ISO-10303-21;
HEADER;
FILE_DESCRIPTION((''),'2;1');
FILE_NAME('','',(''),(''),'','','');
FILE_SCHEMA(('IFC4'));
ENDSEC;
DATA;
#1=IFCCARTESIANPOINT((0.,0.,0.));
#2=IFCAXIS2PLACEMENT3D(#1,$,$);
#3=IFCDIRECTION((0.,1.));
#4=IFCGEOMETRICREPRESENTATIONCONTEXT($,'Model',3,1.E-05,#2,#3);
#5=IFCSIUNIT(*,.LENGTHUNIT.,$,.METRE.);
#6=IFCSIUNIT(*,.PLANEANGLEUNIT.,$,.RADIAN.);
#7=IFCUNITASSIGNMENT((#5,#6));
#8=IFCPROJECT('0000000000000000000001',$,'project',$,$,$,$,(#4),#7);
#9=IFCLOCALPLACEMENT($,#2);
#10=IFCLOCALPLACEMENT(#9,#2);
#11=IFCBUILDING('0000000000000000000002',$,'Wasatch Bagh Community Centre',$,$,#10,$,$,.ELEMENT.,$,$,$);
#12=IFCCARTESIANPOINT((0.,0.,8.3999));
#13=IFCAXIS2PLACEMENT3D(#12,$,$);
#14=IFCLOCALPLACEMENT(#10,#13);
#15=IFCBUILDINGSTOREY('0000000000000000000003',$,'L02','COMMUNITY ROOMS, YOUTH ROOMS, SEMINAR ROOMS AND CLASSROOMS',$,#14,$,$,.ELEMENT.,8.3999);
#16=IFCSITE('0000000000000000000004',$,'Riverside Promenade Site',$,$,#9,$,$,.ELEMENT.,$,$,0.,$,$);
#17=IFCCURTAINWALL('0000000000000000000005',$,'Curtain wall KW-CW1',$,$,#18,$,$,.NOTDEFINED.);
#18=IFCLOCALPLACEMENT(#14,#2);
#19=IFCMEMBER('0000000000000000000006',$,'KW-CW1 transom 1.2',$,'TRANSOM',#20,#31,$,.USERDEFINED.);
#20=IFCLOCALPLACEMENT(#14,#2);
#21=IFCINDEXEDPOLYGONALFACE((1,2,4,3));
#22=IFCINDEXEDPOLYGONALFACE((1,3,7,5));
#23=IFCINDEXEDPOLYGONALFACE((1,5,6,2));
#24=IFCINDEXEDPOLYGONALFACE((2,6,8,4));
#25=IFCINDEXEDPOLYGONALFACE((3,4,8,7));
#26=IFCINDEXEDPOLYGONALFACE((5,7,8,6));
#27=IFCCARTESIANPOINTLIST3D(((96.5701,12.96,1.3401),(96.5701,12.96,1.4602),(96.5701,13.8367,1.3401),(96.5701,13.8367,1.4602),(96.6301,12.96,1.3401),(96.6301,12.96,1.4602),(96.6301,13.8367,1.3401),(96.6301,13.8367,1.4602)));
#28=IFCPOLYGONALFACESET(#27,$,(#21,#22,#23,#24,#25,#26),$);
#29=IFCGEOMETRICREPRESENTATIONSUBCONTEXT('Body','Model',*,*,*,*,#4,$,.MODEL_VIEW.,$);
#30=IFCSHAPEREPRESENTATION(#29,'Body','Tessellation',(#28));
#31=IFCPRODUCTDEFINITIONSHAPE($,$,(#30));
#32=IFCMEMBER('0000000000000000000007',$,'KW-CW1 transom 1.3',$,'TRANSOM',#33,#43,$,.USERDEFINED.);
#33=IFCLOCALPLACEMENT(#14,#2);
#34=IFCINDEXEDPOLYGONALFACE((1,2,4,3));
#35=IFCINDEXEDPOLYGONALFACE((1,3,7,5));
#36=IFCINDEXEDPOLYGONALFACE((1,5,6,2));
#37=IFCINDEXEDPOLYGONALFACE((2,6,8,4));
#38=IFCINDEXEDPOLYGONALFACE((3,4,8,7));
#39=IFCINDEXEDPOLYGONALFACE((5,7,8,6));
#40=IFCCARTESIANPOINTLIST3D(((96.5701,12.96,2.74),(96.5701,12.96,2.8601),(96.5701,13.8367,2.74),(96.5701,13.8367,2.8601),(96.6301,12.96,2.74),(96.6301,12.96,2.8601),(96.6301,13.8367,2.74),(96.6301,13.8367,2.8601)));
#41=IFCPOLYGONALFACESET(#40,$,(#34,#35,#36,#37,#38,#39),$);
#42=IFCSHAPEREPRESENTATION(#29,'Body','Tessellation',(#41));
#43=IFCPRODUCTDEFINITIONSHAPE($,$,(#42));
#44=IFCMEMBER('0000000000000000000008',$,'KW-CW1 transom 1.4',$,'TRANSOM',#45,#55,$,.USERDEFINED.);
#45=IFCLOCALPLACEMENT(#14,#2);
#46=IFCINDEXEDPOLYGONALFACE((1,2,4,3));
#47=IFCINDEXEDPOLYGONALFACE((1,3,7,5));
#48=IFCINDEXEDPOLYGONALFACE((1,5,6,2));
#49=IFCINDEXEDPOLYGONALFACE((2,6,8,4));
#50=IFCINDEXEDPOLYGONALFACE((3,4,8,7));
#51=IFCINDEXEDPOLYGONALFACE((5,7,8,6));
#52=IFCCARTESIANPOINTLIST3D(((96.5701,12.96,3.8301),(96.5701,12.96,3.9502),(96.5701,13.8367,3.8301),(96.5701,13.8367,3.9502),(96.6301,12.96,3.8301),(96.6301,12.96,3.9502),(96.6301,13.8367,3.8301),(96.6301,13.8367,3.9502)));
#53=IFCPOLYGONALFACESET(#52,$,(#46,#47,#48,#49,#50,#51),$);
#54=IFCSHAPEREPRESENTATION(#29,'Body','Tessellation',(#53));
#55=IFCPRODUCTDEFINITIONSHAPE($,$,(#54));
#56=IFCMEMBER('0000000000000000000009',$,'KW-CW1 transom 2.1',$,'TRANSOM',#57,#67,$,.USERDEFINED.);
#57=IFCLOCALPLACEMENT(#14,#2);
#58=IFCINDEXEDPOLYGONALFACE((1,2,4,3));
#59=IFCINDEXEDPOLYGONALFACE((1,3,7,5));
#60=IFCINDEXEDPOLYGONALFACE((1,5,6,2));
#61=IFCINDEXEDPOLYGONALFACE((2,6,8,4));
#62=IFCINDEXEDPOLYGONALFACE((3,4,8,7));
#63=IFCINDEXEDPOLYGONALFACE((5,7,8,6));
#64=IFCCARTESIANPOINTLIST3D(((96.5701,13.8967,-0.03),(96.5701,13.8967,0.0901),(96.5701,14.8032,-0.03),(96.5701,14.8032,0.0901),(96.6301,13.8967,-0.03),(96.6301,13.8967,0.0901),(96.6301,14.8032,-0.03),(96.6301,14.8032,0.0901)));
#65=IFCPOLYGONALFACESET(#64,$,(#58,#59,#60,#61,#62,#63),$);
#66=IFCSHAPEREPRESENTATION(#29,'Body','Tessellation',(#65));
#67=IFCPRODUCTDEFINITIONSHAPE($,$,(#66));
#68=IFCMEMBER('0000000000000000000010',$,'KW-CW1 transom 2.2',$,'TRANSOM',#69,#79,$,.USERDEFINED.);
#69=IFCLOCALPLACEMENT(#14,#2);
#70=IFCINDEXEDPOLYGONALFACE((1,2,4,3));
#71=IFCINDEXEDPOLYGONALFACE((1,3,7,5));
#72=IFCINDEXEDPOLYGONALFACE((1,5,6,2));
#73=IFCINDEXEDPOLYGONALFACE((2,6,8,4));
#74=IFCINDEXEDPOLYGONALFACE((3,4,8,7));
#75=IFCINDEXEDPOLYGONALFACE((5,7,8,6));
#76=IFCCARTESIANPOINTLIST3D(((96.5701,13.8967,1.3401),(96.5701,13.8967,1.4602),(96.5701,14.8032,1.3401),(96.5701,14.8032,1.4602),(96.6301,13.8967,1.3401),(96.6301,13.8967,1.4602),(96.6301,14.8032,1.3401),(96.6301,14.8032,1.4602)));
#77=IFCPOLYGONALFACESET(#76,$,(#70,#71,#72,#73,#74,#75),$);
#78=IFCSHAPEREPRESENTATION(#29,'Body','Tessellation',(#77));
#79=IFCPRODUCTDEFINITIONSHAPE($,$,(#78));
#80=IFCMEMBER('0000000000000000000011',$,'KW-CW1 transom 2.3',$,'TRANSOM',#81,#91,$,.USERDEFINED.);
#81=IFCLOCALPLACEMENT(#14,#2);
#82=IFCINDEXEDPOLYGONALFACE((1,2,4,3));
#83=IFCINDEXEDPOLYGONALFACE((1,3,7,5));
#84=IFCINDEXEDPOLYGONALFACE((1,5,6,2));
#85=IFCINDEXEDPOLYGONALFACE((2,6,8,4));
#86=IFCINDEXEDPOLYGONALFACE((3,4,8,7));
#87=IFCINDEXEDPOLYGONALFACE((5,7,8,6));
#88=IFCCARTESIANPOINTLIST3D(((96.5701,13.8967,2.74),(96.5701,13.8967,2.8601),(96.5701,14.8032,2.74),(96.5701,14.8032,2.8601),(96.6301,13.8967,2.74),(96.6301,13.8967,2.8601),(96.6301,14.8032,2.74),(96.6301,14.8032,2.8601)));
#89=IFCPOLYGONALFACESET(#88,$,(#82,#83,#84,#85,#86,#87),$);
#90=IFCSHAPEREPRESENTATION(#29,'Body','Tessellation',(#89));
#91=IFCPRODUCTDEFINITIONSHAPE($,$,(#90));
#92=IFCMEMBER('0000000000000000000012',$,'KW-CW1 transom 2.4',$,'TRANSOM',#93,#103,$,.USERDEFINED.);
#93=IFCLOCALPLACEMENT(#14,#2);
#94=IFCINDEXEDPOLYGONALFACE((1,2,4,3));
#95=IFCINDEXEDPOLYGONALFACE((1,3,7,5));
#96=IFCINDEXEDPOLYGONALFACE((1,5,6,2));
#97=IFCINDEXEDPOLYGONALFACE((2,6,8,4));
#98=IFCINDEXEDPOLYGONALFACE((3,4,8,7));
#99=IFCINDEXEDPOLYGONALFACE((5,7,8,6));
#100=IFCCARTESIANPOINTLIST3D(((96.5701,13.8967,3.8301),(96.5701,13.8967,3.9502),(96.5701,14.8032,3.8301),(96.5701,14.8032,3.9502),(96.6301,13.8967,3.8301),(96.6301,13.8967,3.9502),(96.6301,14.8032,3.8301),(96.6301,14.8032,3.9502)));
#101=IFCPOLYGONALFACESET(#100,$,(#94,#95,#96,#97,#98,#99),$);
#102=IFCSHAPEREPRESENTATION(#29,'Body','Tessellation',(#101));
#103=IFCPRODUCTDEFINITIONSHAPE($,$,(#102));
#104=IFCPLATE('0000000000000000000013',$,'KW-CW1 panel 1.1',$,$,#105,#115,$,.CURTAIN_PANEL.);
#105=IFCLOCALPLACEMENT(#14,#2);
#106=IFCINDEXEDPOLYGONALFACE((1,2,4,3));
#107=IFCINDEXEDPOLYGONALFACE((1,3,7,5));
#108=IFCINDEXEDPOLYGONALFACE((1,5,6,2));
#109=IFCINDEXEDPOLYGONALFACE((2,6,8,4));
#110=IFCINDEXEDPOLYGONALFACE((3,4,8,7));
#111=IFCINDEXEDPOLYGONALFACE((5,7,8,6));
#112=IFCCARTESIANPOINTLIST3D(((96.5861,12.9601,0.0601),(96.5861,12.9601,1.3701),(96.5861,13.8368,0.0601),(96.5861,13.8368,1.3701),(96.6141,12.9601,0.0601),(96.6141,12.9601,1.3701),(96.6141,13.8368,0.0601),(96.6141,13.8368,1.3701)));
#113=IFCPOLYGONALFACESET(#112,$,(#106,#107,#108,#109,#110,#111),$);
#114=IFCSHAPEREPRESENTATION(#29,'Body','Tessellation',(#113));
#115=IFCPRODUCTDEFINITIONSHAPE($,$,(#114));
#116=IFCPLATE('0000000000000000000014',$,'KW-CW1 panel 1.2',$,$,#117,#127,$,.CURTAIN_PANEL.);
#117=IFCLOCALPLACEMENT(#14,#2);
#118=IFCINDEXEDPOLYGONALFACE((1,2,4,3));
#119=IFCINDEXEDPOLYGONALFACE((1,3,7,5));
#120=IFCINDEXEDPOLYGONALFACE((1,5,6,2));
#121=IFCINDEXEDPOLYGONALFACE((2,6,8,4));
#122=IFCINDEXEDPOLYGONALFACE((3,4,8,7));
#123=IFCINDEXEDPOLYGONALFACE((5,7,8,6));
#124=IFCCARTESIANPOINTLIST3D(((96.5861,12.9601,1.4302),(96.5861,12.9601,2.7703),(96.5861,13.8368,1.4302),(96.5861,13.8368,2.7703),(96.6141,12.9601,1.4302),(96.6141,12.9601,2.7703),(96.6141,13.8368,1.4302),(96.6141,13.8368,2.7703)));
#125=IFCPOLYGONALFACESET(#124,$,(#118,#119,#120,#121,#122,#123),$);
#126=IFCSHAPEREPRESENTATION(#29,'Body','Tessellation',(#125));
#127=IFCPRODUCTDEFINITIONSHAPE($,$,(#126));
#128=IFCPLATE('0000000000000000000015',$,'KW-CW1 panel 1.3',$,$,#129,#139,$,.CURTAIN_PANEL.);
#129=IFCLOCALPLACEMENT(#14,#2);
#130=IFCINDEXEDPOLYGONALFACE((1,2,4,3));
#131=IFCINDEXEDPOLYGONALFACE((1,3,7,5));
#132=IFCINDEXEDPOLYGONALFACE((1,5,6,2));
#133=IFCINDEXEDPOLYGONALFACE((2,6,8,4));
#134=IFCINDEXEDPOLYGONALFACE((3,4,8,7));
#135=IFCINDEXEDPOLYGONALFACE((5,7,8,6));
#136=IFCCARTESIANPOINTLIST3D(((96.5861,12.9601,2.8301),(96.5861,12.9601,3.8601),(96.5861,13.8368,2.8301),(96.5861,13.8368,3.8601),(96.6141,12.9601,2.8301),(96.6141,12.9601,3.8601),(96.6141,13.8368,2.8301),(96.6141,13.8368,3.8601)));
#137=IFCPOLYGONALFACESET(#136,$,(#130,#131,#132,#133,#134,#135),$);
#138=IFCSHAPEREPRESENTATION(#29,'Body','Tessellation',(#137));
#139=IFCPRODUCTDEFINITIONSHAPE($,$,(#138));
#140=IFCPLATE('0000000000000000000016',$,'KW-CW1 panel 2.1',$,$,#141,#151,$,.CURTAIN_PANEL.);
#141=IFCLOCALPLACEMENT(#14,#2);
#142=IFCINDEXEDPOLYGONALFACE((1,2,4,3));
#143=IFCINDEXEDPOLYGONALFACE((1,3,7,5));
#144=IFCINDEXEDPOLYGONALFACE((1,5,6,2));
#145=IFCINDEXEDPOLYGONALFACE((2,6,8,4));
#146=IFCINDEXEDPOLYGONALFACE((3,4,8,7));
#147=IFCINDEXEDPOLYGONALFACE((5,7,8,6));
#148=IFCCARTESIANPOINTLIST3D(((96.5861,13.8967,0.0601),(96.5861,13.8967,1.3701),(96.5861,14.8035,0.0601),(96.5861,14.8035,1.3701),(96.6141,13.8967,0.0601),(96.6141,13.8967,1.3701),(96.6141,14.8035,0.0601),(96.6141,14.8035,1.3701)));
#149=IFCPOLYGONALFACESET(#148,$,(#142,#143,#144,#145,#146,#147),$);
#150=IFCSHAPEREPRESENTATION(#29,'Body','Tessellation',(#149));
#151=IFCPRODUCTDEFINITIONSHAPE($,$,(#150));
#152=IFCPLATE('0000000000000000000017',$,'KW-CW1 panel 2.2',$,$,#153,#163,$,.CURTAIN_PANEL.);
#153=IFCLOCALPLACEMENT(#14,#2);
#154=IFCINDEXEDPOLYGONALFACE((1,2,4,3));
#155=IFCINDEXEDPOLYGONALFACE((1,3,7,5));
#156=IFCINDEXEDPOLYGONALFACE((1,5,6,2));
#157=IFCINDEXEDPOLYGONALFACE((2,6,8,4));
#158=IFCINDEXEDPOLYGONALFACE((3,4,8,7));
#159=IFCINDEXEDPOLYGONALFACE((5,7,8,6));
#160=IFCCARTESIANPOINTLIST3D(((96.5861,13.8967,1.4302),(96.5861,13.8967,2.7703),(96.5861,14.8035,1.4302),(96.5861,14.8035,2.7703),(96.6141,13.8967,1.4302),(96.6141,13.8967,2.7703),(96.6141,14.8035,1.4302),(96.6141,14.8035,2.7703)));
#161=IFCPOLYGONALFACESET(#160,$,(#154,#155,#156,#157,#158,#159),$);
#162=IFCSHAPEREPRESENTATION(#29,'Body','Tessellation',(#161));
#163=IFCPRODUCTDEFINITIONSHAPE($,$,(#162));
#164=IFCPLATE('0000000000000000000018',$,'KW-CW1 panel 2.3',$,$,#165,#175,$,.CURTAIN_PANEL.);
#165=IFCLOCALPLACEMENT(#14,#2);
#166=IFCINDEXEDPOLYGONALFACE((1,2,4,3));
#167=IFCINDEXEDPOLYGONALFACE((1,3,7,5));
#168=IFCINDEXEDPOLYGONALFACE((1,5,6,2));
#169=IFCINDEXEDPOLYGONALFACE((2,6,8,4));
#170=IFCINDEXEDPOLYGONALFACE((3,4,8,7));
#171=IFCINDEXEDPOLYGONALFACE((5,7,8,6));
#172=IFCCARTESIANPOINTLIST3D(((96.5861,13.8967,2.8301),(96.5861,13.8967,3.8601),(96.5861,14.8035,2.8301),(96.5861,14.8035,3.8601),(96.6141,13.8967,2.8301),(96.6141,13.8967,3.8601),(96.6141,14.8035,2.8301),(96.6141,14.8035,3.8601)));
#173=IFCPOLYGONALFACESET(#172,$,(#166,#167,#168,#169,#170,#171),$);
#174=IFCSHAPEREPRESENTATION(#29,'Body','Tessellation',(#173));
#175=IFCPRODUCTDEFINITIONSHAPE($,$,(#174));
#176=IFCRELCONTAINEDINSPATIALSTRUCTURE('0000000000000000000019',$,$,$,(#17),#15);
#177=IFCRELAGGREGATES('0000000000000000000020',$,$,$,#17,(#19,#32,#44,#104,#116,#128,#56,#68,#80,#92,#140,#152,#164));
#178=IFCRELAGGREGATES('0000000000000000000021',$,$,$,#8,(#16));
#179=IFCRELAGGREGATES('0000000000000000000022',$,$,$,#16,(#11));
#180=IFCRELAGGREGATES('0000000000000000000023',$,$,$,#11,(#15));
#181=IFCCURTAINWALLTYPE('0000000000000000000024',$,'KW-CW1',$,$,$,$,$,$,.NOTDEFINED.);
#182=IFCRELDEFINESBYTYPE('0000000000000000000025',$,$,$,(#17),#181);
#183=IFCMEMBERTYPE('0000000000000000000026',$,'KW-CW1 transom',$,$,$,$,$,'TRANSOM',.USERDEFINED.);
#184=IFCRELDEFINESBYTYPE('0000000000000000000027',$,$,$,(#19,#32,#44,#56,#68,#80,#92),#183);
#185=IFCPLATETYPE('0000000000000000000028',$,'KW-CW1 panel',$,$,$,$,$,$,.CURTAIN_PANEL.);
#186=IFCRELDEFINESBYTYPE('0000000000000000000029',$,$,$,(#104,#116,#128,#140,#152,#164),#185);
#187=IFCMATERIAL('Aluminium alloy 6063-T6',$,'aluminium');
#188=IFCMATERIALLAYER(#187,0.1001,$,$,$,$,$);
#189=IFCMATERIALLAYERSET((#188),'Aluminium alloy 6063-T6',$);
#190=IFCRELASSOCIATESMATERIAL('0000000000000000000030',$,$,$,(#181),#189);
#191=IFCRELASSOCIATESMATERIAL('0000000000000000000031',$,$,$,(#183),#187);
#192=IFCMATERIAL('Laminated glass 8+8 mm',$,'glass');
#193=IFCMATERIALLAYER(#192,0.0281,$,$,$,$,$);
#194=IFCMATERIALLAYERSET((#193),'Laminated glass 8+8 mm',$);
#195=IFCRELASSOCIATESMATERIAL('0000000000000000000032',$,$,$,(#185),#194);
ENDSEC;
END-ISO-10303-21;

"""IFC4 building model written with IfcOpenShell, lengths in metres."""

from ifc_helpers import new_model, si_unit, direction, frame, origin, origin_2d, place, context, subcontext, project, spatial, rectangle, extrude, material, layer, layer_set, material_profile, profile_set, type_object, element, aggregate, save


model = new_model("IFC4")

# Units and contexts
model_context = context("Model", 3, precision=1e-05, world=origin(), true_north=direction((0.0, 1.0)))
body_context = subcontext(model_context, "Body", "Model", "MODEL_VIEW")
ifc_project = project(units=[si_unit("LENGTHUNIT", "METRE"), si_unit("PLANEANGLEUNIT", "RADIAN")], contexts=[model_context])

# Site, building, storey
site_placement = place(None, origin())
site = spatial("IfcSite", under=ifc_project, at=site_placement, Name="Riverside Promenade Site", CompositionType="ELEMENT", RefElevation=0.0)
building_placement = place(site_placement, origin())
building = spatial("IfcBuilding", under=site, at=building_placement, Name="Wasatch Bagh Community Centre", CompositionType="ELEMENT")
storey_placement = place(building_placement, frame((0.0, 0.0, 8.3999)))
storey = spatial("IfcBuildingStorey", under=building, at=storey_placement, Name="L02", Description="COMMUNITY ROOMS, YOUTH ROOMS, SEMINAR ROOMS AND CLASSROOMS", CompositionType="ELEMENT", Elevation=8.3999)

# Curtain wall, members, plates
ifc_material_1 = material(Name="Aluminium alloy 6063-T6", Category="aluminium")
ifc_layer_1 = layer(ifc_material_1, 0.1001)
ifc_layer_set_1 = layer_set([ifc_layer_1], Name="Aluminium alloy 6063-T6")
curtain_wall_type = type_object("IfcCurtainWallType", Name="KW-CW1", PredefinedType="NOTDEFINED", material=ifc_layer_set_1)
curtain_wall_placement = place(storey_placement, origin())
curtain_wall = element("IfcCurtainWall", 1, at=curtain_wall_placement, inside=storey, type_object=curtain_wall_type, Name="Curtain wall KW-CW1", PredefinedType="NOTDEFINED")
ifc_material_profile_1 = material_profile(ifc_material_1, rectangle(XDim=0.0601, YDim=0.1201, at=origin_2d()), Name="AL 60x120")
ifc_profile_set_1 = profile_set([ifc_material_profile_1], Name="Aluminium alloy 6063-T6")
member_type_1 = type_object("IfcMemberType", Name="KW-CW1 transom", ElementType="TRANSOM", PredefinedType="USERDEFINED", material=ifc_profile_set_1)
member_1_placement = place(storey_placement, frame((96.6001, 12.96, 1.4001), z_axis=(0.0, 1.0, 0.0), x_axis=(-1.0, 0.0, 0.0)))
member_1 = element("IfcMember", 2, at=member_1_placement, type_object=member_type_1, Name="KW-CW1 transom 1.2", ObjectType="TRANSOM", PredefinedType="USERDEFINED", context=body_context, shape_type="SweptSolid", body=[
    extrude(rectangle(XDim=0.0601, YDim=0.1201, at=origin_2d()), origin(), (0.0, 0.0, 1.0), 0.8767),
])
member_2_placement = place(storey_placement, frame((96.6001, 12.96, 2.8), z_axis=(0.0, 1.0, 0.0), x_axis=(-1.0, 0.0, 0.0)))
member_2 = element("IfcMember", 3, at=member_2_placement, type_object=member_type_1, Name="KW-CW1 transom 1.3", ObjectType="TRANSOM", PredefinedType="USERDEFINED", context=body_context, shape_type="SweptSolid", body=[
    extrude(rectangle(XDim=0.0601, YDim=0.1201, at=origin_2d()), origin(), (0.0, 0.0, 1.0), 0.8767),
])
member_3_placement = place(storey_placement, frame((96.6001, 12.96, 3.8901), z_axis=(0.0, 1.0, 0.0), x_axis=(-1.0, 0.0, 0.0)))
member_3 = element("IfcMember", 4, at=member_3_placement, type_object=member_type_1, Name="KW-CW1 transom 1.4", ObjectType="TRANSOM", PredefinedType="USERDEFINED", context=body_context, shape_type="SweptSolid", body=[
    extrude(rectangle(XDim=0.0601, YDim=0.1201, at=origin_2d()), origin(), (0.0, 0.0, 1.0), 0.8767),
])
member_4_placement = place(storey_placement, frame((96.6001, 13.8967, 0.03), z_axis=(0.0, 1.0, 0.0), x_axis=(-1.0, 0.0, 0.0)))
member_4 = element("IfcMember", 5, at=member_4_placement, type_object=member_type_1, Name="KW-CW1 transom 2.1", ObjectType="TRANSOM", PredefinedType="USERDEFINED", context=body_context, shape_type="SweptSolid", body=[
    extrude(rectangle(XDim=0.0601, YDim=0.1201, at=origin_2d()), origin(), (0.0, 0.0, 1.0), 0.9065),
])
member_5_placement = place(storey_placement, frame((96.6001, 13.8967, 1.4001), z_axis=(0.0, 1.0, 0.0), x_axis=(-1.0, 0.0, 0.0)))
member_5 = element("IfcMember", 6, at=member_5_placement, type_object=member_type_1, Name="KW-CW1 transom 2.2", ObjectType="TRANSOM", PredefinedType="USERDEFINED", context=body_context, shape_type="SweptSolid", body=[
    extrude(rectangle(XDim=0.0601, YDim=0.1201, at=origin_2d()), origin(), (0.0, 0.0, 1.0), 0.9065),
])
member_6_placement = place(storey_placement, frame((96.6001, 13.8967, 2.8), z_axis=(0.0, 1.0, 0.0), x_axis=(-1.0, 0.0, 0.0)))
member_6 = element("IfcMember", 7, at=member_6_placement, type_object=member_type_1, Name="KW-CW1 transom 2.3", ObjectType="TRANSOM", PredefinedType="USERDEFINED", context=body_context, shape_type="SweptSolid", body=[
    extrude(rectangle(XDim=0.0601, YDim=0.1201, at=origin_2d()), origin(), (0.0, 0.0, 1.0), 0.9065),
])
member_7_placement = place(storey_placement, frame((96.6001, 13.8967, 3.8901), z_axis=(0.0, 1.0, 0.0), x_axis=(-1.0, 0.0, 0.0)))
member_7 = element("IfcMember", 8, at=member_7_placement, type_object=member_type_1, Name="KW-CW1 transom 2.4", ObjectType="TRANSOM", PredefinedType="USERDEFINED", context=body_context, shape_type="SweptSolid", body=[
    extrude(rectangle(XDim=0.0601, YDim=0.1201, at=origin_2d()), origin(), (0.0, 0.0, 1.0), 0.9065),
])
ifc_material_2 = material(Name="Laminated glass 8+8 mm", Category="glass")
ifc_layer_2 = layer(ifc_material_2, 0.0281)
ifc_layer_set_2 = layer_set([ifc_layer_2], Name="Laminated glass 8+8 mm")
plate_type = type_object("IfcPlateType", Name="KW-CW1 panel", PredefinedType="CURTAIN_PANEL", material=ifc_layer_set_2)
plate_1_placement = place(storey_placement, frame((96.6001, 13.3984, 0.0601), z_axis=(0.0, 0.0, 1.0), x_axis=(0.0, 1.0, 0.0)))
plate_1 = element("IfcPlate", 9, at=plate_1_placement, type_object=plate_type, Name="KW-CW1 panel 1.1", PredefinedType="CURTAIN_PANEL", context=body_context, shape_type="SweptSolid", body=[
    extrude(rectangle(XDim=0.8767, YDim=0.0281, at=origin_2d()), origin(), (0.0, 0.0, 1.0), 1.3101),
])
plate_2_placement = place(storey_placement, frame((96.6001, 13.3984, 1.4302), z_axis=(0.0, 0.0, 1.0), x_axis=(0.0, 1.0, 0.0)))
plate_2 = element("IfcPlate", 10, at=plate_2_placement, type_object=plate_type, Name="KW-CW1 panel 1.2", PredefinedType="CURTAIN_PANEL", context=body_context, shape_type="SweptSolid", body=[
    extrude(rectangle(XDim=0.8767, YDim=0.0281, at=origin_2d()), origin(), (0.0, 0.0, 1.0), 1.3401),
])
plate_3_placement = place(storey_placement, frame((96.6001, 13.3984, 2.8301), z_axis=(0.0, 0.0, 1.0), x_axis=(0.0, 1.0, 0.0)))
plate_3 = element("IfcPlate", 11, at=plate_3_placement, type_object=plate_type, Name="KW-CW1 panel 1.3", PredefinedType="CURTAIN_PANEL", context=body_context, shape_type="SweptSolid", body=[
    extrude(rectangle(XDim=0.8767, YDim=0.0281, at=origin_2d()), origin(), (0.0, 0.0, 1.0), 1.03),
])
plate_4_placement = place(storey_placement, frame((96.6001, 14.3501, 0.0601), z_axis=(0.0, 0.0, 1.0), x_axis=(0.0, 1.0, 0.0)))
plate_4 = element("IfcPlate", 12, at=plate_4_placement, type_object=plate_type, Name="KW-CW1 panel 2.1", PredefinedType="CURTAIN_PANEL", context=body_context, shape_type="SweptSolid", body=[
    extrude(rectangle(XDim=0.9067, YDim=0.0281, at=origin_2d()), origin(), (0.0, 0.0, 1.0), 1.3101),
])
plate_5_placement = place(storey_placement, frame((96.6001, 14.3501, 1.4302), z_axis=(0.0, 0.0, 1.0), x_axis=(0.0, 1.0, 0.0)))
plate_5 = element("IfcPlate", 13, at=plate_5_placement, type_object=plate_type, Name="KW-CW1 panel 2.2", PredefinedType="CURTAIN_PANEL", context=body_context, shape_type="SweptSolid", body=[
    extrude(rectangle(XDim=0.9067, YDim=0.0281, at=origin_2d()), origin(), (0.0, 0.0, 1.0), 1.3401),
])
plate_6_placement = place(storey_placement, frame((96.6001, 14.3501, 2.8301), z_axis=(0.0, 0.0, 1.0), x_axis=(0.0, 1.0, 0.0)))
plate_6 = element("IfcPlate", 14, at=plate_6_placement, type_object=plate_type, Name="KW-CW1 panel 2.3", PredefinedType="CURTAIN_PANEL", context=body_context, shape_type="SweptSolid", body=[
    extrude(rectangle(XDim=0.9067, YDim=0.0281, at=origin_2d()), origin(), (0.0, 0.0, 1.0), 1.03),
])
aggregate(curtain_wall, [member_1, member_2, member_3, plate_1, plate_2, plate_3, member_4, member_5, member_6, member_7, plate_4, plate_5, plate_6])

save(model, "model.ifc")
